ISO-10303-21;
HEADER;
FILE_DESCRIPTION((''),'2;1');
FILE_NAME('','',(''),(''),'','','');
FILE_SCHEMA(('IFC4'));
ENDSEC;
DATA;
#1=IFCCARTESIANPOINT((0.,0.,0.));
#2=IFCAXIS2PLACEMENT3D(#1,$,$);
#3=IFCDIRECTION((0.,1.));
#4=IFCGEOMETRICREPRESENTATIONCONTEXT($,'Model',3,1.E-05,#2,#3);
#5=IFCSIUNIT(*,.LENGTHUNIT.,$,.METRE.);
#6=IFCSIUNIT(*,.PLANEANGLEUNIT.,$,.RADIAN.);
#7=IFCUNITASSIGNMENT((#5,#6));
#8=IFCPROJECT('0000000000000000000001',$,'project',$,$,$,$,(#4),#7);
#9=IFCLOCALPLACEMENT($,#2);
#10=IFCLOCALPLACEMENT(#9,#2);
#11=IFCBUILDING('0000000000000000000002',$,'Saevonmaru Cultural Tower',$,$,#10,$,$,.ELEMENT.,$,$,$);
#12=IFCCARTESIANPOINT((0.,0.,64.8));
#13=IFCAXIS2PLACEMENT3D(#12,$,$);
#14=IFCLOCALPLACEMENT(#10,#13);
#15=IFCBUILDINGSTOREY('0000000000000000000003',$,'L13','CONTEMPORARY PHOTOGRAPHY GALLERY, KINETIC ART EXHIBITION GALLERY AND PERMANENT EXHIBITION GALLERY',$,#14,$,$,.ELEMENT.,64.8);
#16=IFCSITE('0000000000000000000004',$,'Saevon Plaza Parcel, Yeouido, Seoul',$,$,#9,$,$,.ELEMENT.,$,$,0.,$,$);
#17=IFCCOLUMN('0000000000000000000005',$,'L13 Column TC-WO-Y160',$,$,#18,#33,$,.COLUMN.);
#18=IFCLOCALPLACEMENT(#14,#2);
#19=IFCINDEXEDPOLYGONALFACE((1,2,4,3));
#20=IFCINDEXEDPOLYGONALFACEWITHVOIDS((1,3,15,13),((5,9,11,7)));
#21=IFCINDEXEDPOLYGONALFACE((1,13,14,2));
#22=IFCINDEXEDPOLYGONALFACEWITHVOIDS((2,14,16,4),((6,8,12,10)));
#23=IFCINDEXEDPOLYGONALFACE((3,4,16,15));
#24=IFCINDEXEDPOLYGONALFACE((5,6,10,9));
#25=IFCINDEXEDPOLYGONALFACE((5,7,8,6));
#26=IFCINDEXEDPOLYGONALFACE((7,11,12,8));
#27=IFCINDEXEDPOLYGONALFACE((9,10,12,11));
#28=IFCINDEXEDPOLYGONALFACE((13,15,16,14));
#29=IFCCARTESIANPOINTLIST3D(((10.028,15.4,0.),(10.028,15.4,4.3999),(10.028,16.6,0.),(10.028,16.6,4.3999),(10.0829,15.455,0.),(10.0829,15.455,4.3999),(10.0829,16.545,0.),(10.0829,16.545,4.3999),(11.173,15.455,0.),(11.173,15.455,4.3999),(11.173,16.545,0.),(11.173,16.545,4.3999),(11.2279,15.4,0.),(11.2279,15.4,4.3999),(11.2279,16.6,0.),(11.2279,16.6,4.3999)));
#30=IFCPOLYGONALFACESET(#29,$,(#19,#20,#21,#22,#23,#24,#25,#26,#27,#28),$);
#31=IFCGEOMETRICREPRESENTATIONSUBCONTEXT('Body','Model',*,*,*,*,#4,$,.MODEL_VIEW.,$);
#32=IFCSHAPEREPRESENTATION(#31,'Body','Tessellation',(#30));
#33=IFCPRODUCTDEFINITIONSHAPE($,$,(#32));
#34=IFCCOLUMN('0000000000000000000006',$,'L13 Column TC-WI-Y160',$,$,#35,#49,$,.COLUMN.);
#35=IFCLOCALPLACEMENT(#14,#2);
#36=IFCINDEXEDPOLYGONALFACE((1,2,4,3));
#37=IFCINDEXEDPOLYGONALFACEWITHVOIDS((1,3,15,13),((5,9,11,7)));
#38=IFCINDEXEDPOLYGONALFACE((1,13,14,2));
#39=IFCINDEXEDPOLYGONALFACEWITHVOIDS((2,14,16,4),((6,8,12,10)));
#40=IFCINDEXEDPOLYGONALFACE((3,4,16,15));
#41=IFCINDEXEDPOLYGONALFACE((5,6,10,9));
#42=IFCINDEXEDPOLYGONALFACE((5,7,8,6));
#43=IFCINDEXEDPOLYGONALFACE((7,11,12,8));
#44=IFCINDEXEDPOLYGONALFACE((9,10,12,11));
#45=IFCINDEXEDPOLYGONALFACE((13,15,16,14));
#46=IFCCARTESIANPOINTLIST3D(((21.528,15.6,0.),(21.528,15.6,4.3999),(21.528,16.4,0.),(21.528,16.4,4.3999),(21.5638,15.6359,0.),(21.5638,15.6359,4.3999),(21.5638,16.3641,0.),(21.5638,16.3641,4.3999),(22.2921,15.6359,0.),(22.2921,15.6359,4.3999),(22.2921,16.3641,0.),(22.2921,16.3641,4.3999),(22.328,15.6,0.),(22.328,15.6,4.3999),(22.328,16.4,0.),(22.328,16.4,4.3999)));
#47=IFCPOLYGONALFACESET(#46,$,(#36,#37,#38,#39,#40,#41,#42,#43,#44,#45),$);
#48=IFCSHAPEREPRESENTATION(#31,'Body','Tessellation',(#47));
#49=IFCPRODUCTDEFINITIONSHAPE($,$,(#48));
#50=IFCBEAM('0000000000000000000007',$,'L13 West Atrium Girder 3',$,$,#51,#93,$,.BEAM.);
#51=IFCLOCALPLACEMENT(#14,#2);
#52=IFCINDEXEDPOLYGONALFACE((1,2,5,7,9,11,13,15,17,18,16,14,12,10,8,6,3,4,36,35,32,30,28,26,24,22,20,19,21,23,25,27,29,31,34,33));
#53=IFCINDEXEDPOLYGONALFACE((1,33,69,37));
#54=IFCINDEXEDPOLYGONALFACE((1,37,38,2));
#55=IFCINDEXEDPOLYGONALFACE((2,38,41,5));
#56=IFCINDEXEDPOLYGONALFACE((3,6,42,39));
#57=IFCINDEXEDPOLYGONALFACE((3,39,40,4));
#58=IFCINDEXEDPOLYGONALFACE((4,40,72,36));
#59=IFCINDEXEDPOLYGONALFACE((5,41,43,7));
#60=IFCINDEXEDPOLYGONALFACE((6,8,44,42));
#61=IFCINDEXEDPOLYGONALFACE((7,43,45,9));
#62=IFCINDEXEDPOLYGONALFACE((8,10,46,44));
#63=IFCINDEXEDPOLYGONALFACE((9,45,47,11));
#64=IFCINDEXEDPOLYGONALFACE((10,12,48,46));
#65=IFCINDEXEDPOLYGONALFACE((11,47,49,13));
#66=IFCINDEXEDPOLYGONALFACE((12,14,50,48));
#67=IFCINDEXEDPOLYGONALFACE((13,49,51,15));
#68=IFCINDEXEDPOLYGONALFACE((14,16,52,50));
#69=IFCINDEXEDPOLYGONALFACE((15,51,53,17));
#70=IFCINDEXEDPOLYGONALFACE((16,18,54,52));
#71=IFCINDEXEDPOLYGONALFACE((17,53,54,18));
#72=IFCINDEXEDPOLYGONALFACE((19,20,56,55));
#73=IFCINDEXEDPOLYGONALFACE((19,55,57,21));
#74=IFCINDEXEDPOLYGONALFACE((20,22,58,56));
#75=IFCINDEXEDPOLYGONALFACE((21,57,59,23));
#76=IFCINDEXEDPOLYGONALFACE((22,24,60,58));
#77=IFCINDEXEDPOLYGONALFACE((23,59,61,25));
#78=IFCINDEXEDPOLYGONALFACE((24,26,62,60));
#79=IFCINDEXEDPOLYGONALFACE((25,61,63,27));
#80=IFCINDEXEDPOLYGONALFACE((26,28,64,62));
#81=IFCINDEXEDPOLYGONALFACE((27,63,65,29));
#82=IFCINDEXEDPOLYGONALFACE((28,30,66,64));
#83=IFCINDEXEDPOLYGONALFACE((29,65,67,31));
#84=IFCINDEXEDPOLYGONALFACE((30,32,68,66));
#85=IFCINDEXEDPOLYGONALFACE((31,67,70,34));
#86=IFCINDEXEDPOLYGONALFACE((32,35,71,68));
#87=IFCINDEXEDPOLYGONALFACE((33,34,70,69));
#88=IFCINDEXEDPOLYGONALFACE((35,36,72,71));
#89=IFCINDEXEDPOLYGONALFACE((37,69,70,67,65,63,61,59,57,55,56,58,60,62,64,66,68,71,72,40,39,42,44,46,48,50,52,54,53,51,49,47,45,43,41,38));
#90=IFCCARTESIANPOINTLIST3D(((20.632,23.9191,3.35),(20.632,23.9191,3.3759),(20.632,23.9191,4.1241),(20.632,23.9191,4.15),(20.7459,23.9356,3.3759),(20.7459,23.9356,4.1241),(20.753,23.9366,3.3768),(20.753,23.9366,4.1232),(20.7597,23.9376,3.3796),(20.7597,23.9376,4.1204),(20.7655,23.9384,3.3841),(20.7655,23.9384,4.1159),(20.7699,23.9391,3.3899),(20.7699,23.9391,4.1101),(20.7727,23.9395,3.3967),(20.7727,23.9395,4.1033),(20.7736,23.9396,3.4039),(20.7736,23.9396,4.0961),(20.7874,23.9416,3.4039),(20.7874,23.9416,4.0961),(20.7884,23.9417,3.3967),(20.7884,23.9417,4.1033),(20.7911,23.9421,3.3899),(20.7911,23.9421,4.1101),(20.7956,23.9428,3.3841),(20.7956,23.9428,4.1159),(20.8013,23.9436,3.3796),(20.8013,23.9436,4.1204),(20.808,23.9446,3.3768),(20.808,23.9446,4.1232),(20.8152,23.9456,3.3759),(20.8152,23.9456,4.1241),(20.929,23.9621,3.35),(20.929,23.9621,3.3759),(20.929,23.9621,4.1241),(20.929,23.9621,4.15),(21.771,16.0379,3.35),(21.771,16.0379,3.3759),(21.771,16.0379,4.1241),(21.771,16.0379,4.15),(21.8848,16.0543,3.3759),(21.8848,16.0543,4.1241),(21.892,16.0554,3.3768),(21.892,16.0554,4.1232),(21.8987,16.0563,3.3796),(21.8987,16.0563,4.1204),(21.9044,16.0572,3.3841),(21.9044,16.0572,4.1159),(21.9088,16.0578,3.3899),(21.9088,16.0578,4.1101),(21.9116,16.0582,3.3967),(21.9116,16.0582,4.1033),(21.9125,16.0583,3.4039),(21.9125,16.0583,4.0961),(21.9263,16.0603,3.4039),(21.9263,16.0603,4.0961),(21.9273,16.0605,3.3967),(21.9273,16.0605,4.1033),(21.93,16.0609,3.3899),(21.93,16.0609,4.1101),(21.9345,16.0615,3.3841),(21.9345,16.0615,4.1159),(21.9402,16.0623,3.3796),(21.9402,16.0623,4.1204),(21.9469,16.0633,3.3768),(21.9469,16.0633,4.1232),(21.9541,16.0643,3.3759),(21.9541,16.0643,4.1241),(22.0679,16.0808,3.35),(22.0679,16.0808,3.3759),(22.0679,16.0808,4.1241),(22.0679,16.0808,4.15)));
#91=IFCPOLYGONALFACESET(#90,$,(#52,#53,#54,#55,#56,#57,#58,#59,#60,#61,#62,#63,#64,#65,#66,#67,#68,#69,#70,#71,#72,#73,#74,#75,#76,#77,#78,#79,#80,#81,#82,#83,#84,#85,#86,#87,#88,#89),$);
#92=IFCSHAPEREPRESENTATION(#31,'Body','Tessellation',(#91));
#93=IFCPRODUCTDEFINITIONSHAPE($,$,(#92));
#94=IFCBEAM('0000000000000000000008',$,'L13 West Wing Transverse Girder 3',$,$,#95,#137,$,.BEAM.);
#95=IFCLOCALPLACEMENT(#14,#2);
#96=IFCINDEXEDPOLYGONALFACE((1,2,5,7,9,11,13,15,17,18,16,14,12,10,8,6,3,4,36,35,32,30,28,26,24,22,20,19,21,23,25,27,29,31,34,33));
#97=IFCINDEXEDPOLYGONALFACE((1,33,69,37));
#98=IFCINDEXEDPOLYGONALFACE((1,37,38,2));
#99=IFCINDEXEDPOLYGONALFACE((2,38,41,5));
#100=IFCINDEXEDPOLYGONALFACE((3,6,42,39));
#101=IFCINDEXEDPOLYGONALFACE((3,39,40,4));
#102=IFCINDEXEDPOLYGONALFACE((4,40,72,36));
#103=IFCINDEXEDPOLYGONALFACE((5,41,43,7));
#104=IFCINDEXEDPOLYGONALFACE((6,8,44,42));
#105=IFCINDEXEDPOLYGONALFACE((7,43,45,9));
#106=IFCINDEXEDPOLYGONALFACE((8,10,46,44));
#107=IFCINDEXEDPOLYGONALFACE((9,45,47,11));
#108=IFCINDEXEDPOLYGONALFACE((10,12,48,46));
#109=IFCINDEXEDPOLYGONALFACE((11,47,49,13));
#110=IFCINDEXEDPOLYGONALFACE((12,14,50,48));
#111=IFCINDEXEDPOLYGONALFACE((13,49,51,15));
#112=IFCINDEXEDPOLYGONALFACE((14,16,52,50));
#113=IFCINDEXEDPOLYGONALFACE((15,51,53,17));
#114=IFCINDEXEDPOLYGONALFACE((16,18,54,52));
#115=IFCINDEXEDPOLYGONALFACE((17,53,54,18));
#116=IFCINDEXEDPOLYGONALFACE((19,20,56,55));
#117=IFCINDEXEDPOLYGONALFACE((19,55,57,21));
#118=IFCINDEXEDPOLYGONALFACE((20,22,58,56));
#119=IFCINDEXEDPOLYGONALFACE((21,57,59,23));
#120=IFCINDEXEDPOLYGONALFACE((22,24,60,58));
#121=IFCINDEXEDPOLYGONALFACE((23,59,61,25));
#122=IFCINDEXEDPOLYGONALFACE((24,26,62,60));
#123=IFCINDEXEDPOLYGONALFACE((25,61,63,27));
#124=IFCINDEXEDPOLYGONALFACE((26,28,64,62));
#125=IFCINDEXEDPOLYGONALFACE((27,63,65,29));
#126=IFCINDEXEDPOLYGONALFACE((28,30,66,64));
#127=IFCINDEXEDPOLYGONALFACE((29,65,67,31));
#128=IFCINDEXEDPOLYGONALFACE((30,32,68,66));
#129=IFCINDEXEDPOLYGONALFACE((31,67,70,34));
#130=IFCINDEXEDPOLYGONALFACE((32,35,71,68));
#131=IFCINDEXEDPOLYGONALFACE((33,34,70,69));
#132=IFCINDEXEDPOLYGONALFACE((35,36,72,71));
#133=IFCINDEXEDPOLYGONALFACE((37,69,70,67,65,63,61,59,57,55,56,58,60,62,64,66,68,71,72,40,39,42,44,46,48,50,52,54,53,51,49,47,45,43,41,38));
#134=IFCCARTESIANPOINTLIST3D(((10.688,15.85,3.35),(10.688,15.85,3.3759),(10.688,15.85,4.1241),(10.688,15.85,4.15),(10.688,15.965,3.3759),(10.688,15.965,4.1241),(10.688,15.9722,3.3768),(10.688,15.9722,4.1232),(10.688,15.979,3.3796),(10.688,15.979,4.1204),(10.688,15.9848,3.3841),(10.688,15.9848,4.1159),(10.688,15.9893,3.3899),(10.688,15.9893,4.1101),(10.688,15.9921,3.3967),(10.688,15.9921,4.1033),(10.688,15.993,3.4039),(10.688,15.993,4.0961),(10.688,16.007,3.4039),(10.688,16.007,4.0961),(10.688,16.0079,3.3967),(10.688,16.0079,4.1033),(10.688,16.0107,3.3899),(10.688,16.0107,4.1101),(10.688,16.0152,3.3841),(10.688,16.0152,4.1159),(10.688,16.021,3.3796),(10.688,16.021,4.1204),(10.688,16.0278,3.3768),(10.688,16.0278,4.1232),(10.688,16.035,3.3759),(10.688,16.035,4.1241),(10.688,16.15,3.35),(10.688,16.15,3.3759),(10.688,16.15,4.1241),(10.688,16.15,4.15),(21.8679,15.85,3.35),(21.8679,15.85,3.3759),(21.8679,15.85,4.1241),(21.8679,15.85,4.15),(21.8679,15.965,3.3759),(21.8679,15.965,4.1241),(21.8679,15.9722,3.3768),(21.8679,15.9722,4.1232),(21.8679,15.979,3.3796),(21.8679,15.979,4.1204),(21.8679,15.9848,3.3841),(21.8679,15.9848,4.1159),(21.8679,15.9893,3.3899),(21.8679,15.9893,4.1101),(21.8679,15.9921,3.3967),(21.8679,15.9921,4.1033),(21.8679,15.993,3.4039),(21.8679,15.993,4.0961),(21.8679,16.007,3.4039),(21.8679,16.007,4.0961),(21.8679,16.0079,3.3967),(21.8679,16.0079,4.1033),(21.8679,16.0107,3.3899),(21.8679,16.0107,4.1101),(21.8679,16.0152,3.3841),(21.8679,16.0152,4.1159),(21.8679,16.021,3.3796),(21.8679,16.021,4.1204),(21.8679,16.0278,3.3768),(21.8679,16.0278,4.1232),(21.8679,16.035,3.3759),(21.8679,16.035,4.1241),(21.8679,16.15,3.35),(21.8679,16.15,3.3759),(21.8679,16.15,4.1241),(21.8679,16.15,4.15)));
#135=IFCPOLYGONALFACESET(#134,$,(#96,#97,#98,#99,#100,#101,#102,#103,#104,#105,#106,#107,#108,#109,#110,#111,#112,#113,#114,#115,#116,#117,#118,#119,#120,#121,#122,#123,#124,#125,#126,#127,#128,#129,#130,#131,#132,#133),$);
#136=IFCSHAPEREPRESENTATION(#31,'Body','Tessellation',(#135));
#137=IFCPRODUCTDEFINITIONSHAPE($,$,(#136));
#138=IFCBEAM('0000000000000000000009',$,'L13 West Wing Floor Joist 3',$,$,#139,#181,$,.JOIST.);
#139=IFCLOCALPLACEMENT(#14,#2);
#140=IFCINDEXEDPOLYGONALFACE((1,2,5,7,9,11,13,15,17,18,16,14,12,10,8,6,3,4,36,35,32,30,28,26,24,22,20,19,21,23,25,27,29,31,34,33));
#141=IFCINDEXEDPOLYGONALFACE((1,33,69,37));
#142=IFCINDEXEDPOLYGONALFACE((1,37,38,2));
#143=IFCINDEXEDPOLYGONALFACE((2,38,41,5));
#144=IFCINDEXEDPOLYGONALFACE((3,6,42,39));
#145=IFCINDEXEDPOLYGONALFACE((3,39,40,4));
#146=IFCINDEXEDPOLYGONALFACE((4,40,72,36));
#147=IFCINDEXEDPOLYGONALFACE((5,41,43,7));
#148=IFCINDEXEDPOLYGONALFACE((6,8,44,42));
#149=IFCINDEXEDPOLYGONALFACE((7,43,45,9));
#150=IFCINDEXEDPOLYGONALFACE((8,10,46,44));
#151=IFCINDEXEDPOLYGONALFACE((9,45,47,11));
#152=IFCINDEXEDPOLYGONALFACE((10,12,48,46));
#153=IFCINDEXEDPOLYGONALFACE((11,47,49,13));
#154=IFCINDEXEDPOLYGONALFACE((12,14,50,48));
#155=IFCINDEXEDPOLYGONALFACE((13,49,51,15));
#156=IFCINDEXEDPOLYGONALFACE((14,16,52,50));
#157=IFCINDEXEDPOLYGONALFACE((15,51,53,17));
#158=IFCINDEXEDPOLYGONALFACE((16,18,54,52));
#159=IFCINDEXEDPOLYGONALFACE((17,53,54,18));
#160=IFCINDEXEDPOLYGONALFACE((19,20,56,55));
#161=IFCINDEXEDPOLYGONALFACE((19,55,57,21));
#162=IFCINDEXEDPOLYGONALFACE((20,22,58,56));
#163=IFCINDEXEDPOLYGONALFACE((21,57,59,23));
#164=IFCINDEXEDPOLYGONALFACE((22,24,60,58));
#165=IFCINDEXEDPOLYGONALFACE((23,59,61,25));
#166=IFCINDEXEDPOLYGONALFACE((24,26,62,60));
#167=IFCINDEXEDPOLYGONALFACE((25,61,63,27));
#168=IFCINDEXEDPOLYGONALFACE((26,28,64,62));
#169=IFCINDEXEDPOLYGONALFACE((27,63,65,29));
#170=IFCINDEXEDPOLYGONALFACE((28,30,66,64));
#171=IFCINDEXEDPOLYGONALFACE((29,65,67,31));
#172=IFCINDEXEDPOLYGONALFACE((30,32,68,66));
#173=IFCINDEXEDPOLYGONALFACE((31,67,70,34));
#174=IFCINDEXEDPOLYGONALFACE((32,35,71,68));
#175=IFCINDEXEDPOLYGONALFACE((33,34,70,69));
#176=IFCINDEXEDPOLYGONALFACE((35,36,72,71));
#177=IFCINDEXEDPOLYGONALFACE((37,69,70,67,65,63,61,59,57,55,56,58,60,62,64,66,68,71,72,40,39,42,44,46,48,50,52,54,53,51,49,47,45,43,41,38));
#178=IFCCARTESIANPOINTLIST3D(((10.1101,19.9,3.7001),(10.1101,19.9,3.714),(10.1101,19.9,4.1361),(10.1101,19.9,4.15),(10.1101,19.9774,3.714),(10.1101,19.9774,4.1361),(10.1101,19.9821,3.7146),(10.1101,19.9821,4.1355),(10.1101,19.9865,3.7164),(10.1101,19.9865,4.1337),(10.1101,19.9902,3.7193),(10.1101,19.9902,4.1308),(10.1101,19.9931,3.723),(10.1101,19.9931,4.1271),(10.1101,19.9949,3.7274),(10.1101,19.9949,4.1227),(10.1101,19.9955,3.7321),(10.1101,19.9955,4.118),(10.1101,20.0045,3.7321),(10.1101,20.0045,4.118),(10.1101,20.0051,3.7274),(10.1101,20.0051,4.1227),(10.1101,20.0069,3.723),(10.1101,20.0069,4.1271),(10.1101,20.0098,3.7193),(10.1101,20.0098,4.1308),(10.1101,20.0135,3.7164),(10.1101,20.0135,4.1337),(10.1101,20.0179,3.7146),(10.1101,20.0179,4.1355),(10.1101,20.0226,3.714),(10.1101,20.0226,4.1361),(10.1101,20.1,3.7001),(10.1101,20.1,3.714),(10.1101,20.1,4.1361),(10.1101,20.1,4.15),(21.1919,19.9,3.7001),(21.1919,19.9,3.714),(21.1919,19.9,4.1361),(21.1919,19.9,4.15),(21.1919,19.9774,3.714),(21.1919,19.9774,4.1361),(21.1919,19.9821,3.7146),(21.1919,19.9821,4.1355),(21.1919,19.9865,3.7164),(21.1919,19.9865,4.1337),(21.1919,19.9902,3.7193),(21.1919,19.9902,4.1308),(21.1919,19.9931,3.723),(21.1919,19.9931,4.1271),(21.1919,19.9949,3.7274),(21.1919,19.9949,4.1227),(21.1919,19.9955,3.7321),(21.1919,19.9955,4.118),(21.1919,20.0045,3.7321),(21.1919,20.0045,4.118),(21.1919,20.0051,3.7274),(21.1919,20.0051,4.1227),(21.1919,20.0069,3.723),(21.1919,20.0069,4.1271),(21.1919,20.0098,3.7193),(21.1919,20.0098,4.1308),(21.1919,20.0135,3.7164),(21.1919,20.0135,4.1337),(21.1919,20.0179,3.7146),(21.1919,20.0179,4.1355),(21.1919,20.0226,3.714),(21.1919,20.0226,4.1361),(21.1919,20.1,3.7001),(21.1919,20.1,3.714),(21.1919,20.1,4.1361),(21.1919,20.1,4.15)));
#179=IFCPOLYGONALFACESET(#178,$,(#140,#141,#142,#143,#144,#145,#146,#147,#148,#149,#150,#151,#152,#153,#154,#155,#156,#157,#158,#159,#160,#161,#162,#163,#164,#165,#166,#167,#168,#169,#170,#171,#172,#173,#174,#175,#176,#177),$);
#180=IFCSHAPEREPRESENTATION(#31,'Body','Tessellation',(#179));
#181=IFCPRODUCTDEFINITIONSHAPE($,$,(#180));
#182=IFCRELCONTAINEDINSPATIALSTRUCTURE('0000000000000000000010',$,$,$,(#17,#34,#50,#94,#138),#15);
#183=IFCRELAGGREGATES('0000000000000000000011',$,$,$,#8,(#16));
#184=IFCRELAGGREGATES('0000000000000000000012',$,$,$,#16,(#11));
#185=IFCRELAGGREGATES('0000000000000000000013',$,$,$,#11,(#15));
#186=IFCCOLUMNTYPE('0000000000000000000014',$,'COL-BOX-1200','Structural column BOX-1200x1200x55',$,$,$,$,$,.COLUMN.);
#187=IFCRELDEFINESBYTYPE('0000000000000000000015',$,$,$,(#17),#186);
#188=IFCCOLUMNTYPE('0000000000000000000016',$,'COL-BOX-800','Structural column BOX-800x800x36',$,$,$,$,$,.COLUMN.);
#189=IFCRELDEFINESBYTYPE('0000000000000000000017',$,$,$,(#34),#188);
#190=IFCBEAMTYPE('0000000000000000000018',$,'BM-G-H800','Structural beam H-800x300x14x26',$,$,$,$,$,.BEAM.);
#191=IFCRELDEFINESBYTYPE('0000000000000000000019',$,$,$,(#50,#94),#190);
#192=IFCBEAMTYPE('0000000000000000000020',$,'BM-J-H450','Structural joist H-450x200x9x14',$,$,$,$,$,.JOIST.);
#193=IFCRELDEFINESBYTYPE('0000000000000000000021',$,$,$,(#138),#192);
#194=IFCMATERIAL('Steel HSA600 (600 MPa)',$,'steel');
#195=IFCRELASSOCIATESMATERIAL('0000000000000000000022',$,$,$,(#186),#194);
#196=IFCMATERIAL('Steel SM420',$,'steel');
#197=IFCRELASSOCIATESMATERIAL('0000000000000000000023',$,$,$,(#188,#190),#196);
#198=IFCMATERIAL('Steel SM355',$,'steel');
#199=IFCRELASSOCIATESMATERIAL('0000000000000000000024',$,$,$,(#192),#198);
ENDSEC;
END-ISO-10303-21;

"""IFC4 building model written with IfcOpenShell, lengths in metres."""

from ifc_helpers import new_model, si_unit, direction, frame, origin, origin_2d, place, context, subcontext, project, spatial, hollow_rectangle, i_section, extrude, material, material_profile, profile_set, type_object, element, save


model = new_model("IFC4")

# Units and contexts
model_context = context("Model", 3, precision=1e-05, world=origin(), true_north=direction((0.0, 1.0)))
body_context = subcontext(model_context, "Body", "Model", "MODEL_VIEW")
ifc_project = project(units=[si_unit("LENGTHUNIT", "METRE"), si_unit("PLANEANGLEUNIT", "RADIAN")], contexts=[model_context])

# Site, building, storey
site_placement = place(None, origin())
site = spatial("IfcSite", under=ifc_project, at=site_placement, Name="Saevon Plaza Parcel, Yeouido, Seoul", CompositionType="ELEMENT", RefElevation=0.0)
building_placement = place(site_placement, origin())
building = spatial("IfcBuilding", under=site, at=building_placement, Name="Saevonmaru Cultural Tower", CompositionType="ELEMENT")
storey_placement = place(building_placement, frame((0.0, 0.0, 64.8)))
storey = spatial("IfcBuildingStorey", under=building, at=storey_placement, Name="L13", Description="CONTEMPORARY PHOTOGRAPHY GALLERY, KINETIC ART EXHIBITION GALLERY AND PERMANENT EXHIBITION GALLERY", CompositionType="ELEMENT", Elevation=64.8)

# Columns
ifc_material_1 = material(Name="Steel HSA600 (600 MPa)", Category="steel")
ifc_material_profile_1 = material_profile(ifc_material_1, hollow_rectangle(XDim=1.2, YDim=1.2, WallThickness=0.0549, at=origin_2d()), Name="BOX-1200x1200x55")
ifc_profile_set_1 = profile_set([ifc_material_profile_1], Name="Steel HSA600 (600 MPa)")
column_type_1 = type_object("IfcColumnType", Name="COL-BOX-1200", Description="Structural column BOX-1200x1200x55", PredefinedType="COLUMN", material=ifc_profile_set_1)
column_1_placement = place(storey_placement, frame((10.6279, 16.0, 0.0), z_axis=(0.0, 0.0, 1.0), x_axis=(1.0, 0.0, 0.0)))
element("IfcColumn", 1, at=column_1_placement, inside=storey, type_object=column_type_1, Name="L13 Column TC-WO-Y160", PredefinedType="COLUMN", context=body_context, shape_type="SweptSolid", body=[
    extrude(hollow_rectangle(XDim=1.2, YDim=1.2, WallThickness=0.0549, at=origin_2d()), origin(), (0.0, 0.0, 1.0), 4.3999),
])
ifc_material_2 = material(Name="Steel SM420", Category="steel")
ifc_material_profile_2 = material_profile(ifc_material_2, hollow_rectangle(XDim=0.8, YDim=0.8, WallThickness=0.0359, at=origin_2d()), Name="BOX-800x800x36")
ifc_profile_set_2 = profile_set([ifc_material_profile_2], Name="Steel SM420")
column_type_2 = type_object("IfcColumnType", Name="COL-BOX-800", Description="Structural column BOX-800x800x36", PredefinedType="COLUMN", material=ifc_profile_set_2)
column_2_placement = place(storey_placement, frame((21.928, 16.0, 0.0), z_axis=(0.0, 0.0, 1.0), x_axis=(1.0, 0.0, 0.0)))
element("IfcColumn", 2, at=column_2_placement, inside=storey, type_object=column_type_2, Name="L13 Column TC-WI-Y160", PredefinedType="COLUMN", context=body_context, shape_type="SweptSolid", body=[
    extrude(hollow_rectangle(XDim=0.8, YDim=0.8, WallThickness=0.0359, at=origin_2d()), origin(), (0.0, 0.0, 1.0), 4.3999),
])

# Beams
ifc_material_profile_3 = material_profile(ifc_material_2, i_section(OverallWidth=0.3, OverallDepth=0.8, WebThickness=0.0139, FlangeThickness=0.0259, FilletRadius=0.0281, at=origin_2d()), Name="H-800x300x14x26")
ifc_profile_set_3 = profile_set([ifc_material_profile_3], Name="Steel SM420")
beam_type_1 = type_object("IfcBeamType", Name="BM-G-H800", Description="Structural beam H-800x300x14x26", PredefinedType="BEAM", material=ifc_profile_set_3)
beam_1_placement = place(storey_placement, frame((21.9194, 16.0593, 3.75), z_axis=(-0.143022, 0.989719, 0.0), x_axis=(-0.989719, -0.143022, 0.0)))
element("IfcBeam", 3, at=beam_1_placement, inside=storey, type_object=beam_type_1, Name="L13 West Atrium Girder 3", PredefinedType="BEAM", context=body_context, shape_type="SweptSolid", body=[
    extrude(i_section(OverallWidth=0.3, OverallDepth=0.8, WebThickness=0.0139, FlangeThickness=0.0259, FilletRadius=0.0281, at=origin_2d()), origin(), (0.0, 0.0, 1.0), 7.9631),
])
beam_2_placement = place(storey_placement, frame((10.688, 16.0, 3.75), z_axis=(1.0, 0.0, 0.0), x_axis=(0.0, 1.0, 0.0)))
element("IfcBeam", 4, at=beam_2_placement, inside=storey, type_object=beam_type_1, Name="L13 West Wing Transverse Girder 3", PredefinedType="BEAM", context=body_context, shape_type="SweptSolid", body=[
    extrude(i_section(OverallWidth=0.3, OverallDepth=0.8, WebThickness=0.0139, FlangeThickness=0.0259, FilletRadius=0.0281, at=origin_2d()), origin(), (0.0, 0.0, 1.0), 11.1799),
])
ifc_material_3 = material(Name="Steel SM355", Category="steel")
ifc_material_profile_4 = material_profile(ifc_material_3, i_section(OverallWidth=0.2, OverallDepth=0.45, WebThickness=0.009, FlangeThickness=0.0139, FilletRadius=0.0181, at=origin_2d()), Name="H-450x200x9x14")
ifc_profile_set_4 = profile_set([ifc_material_profile_4], Name="Steel SM355")
beam_type_2 = type_object("IfcBeamType", Name="BM-J-H450", Description="Structural joist H-450x200x9x14", PredefinedType="JOIST", material=ifc_profile_set_4)
beam_3_placement = place(storey_placement, frame((10.1101, 20.0, 3.925), z_axis=(1.0, 0.0, 0.0), x_axis=(0.0, 1.0, 0.0)))
element("IfcBeam", 5, at=beam_3_placement, inside=storey, type_object=beam_type_2, Name="L13 West Wing Floor Joist 3", PredefinedType="JOIST", context=body_context, shape_type="SweptSolid", body=[
    extrude(i_section(OverallWidth=0.2, OverallDepth=0.45, WebThickness=0.009, FlangeThickness=0.0139, FilletRadius=0.0181, at=origin_2d()), origin(), (0.0, 0.0, 1.0), 11.0818),
])

save(model, "model.ifc")
